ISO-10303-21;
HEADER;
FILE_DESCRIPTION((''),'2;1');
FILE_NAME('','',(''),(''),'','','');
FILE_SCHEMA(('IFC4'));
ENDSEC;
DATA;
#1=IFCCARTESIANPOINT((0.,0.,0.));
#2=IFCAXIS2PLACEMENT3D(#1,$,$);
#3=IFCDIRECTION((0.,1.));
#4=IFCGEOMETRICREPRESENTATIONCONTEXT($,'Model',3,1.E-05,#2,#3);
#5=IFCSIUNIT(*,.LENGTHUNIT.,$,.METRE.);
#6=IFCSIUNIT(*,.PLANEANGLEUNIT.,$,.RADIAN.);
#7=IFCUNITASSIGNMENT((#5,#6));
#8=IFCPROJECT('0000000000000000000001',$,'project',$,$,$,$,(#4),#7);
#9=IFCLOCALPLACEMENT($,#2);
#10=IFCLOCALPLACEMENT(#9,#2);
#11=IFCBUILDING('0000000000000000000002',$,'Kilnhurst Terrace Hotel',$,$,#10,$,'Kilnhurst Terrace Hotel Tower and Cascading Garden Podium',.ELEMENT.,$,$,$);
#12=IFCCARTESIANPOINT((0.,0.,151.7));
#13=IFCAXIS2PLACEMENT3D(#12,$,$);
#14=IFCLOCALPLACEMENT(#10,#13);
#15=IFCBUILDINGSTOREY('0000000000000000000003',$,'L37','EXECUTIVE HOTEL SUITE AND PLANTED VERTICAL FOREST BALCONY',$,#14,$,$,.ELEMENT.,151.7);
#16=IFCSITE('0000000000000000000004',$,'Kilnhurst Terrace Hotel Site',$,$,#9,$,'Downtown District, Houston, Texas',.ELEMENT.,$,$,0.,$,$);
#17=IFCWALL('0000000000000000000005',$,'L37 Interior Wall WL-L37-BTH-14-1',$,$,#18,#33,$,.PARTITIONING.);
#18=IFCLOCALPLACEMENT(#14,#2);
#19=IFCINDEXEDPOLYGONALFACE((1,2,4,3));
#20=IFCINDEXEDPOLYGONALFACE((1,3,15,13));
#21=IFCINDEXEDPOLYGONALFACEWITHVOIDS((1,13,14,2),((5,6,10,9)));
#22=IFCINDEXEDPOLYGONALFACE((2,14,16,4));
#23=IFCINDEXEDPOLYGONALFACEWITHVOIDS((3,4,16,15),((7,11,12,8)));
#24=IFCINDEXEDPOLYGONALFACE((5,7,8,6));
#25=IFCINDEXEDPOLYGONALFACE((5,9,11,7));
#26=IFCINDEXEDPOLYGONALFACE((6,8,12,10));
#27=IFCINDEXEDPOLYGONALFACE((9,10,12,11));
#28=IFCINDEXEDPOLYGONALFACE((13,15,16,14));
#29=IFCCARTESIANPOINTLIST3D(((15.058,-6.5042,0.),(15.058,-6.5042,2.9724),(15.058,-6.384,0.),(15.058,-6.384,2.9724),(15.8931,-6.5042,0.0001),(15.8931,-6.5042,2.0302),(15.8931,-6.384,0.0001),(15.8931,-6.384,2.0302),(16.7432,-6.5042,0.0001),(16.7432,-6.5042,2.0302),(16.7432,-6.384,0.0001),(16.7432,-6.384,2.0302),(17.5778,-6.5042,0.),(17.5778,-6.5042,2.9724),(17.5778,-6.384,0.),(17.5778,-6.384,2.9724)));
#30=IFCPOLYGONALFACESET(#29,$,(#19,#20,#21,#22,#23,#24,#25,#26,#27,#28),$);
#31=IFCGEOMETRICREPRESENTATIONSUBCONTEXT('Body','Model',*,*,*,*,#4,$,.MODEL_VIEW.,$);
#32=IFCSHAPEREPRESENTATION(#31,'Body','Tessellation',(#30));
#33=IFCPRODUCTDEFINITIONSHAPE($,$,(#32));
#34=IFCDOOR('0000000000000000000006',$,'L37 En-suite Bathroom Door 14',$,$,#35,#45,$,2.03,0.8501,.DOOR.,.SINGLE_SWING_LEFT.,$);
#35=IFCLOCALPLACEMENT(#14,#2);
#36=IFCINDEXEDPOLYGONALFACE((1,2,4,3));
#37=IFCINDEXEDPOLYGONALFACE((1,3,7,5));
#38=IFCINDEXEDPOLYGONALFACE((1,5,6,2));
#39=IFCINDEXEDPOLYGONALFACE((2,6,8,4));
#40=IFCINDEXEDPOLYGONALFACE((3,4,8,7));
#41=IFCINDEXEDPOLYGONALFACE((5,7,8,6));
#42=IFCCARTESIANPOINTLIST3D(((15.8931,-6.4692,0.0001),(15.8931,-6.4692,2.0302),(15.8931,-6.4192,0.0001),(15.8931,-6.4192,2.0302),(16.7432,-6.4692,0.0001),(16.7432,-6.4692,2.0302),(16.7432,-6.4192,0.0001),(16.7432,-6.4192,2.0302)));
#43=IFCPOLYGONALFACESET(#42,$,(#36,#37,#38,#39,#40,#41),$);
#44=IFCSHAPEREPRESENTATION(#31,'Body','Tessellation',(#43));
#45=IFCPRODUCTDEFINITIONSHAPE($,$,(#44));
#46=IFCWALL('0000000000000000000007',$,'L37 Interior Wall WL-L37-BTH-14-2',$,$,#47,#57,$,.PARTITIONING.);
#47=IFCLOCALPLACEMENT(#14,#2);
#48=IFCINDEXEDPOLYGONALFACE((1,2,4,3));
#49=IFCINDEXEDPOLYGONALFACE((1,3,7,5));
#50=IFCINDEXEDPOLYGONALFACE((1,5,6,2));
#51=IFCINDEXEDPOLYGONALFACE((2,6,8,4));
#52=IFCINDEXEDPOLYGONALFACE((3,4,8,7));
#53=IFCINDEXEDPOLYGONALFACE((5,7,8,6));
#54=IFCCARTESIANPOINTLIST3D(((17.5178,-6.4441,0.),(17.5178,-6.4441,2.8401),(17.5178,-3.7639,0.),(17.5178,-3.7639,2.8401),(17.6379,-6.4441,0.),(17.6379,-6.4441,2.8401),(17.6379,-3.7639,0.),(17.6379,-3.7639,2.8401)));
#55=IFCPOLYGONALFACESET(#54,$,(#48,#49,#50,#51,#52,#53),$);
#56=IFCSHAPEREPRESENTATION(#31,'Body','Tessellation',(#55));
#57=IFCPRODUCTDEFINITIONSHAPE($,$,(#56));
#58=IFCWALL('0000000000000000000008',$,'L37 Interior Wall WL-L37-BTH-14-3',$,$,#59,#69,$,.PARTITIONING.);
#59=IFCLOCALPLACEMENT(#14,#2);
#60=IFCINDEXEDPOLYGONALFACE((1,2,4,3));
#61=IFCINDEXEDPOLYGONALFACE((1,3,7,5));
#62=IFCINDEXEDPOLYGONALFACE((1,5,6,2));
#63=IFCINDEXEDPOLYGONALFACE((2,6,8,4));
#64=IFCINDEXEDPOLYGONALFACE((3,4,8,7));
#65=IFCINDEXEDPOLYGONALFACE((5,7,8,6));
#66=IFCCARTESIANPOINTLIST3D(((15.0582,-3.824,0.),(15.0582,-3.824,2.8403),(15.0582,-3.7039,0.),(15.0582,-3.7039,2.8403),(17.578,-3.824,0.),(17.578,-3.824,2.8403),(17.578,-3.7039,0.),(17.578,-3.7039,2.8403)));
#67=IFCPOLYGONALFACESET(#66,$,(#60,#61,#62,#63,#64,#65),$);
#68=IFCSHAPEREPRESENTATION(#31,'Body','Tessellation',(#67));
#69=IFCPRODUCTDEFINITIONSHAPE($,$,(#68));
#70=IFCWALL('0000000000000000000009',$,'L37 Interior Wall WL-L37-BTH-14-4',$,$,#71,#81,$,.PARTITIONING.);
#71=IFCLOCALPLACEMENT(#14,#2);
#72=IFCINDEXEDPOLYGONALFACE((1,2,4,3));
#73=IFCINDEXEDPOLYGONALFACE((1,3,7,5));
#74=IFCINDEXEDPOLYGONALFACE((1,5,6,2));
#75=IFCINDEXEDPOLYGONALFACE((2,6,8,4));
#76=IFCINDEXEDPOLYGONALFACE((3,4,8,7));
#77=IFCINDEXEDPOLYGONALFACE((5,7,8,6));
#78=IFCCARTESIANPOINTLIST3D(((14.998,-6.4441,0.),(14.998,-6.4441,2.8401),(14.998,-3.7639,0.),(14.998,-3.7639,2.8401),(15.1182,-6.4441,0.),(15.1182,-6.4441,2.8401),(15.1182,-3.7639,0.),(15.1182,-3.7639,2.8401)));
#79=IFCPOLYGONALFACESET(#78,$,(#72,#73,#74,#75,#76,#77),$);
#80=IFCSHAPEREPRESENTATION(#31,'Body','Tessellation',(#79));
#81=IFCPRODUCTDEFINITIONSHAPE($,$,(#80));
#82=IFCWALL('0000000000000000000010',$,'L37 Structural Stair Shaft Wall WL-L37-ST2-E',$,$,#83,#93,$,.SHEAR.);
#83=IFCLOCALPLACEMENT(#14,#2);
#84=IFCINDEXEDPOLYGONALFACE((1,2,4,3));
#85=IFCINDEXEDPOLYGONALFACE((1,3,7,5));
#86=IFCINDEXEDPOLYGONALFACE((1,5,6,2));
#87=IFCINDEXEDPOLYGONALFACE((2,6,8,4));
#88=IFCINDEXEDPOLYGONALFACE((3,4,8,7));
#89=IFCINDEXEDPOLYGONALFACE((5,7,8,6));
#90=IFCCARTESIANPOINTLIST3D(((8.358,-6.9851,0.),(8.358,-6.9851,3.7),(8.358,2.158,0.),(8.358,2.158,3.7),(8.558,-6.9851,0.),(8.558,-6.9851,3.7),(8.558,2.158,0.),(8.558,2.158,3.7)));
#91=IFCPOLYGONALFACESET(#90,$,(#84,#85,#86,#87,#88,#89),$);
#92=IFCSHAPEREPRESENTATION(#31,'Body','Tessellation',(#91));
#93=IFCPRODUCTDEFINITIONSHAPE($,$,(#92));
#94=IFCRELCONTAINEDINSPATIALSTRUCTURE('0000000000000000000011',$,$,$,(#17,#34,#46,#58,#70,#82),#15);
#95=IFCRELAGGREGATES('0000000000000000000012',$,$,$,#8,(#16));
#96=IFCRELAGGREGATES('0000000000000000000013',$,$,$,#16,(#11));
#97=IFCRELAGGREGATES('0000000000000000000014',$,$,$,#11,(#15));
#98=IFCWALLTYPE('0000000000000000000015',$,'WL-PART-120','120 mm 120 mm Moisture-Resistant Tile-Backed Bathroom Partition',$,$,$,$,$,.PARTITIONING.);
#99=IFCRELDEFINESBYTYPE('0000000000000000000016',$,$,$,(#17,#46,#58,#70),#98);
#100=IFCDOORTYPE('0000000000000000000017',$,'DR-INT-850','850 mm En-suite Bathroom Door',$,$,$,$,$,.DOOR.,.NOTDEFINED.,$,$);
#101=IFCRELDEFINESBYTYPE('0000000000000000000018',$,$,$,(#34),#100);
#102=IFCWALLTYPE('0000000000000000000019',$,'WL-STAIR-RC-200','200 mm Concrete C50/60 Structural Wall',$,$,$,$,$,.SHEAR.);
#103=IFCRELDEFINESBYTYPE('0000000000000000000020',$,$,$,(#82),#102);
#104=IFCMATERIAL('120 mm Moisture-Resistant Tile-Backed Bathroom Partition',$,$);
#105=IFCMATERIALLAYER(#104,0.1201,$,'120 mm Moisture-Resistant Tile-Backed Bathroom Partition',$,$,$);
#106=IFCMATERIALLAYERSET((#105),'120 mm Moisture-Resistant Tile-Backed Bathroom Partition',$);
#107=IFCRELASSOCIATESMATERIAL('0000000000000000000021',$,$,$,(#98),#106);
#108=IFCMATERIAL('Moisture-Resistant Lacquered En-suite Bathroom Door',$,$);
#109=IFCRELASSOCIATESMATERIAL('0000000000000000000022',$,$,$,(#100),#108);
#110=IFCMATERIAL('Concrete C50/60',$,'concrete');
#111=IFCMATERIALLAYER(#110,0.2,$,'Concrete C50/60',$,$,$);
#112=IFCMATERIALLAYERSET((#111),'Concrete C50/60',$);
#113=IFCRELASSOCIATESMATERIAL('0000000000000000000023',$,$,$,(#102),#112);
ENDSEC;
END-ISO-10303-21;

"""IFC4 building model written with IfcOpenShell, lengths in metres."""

from ifc_helpers import new_model, si_unit, direction, frame, frame_2d, origin, place, context, subcontext, project, spatial, rectangle, extrude, material, layer, layer_set, type_object, element, fill, save


model = new_model("IFC4")

# Units and contexts
model_context = context("Model", 3, precision=1e-05, world=origin(), true_north=direction((0.0, 1.0)))
body_context = subcontext(model_context, "Body", "Model", "MODEL_VIEW")
ifc_project = project(units=[si_unit("LENGTHUNIT", "METRE"), si_unit("PLANEANGLEUNIT", "RADIAN")], contexts=[model_context])

# Site, building, storey
site_placement = place(None, origin())
site = spatial("IfcSite", under=ifc_project, at=site_placement, Name="Kilnhurst Terrace Hotel Site", LongName="Downtown District, Houston, Texas", CompositionType="ELEMENT", RefElevation=0.0)
building_placement = place(site_placement, origin())
building = spatial("IfcBuilding", under=site, at=building_placement, Name="Kilnhurst Terrace Hotel", LongName="Kilnhurst Terrace Hotel Tower and Cascading Garden Podium", CompositionType="ELEMENT")
storey_placement = place(building_placement, frame((0.0, 0.0, 151.7)))
storey = spatial("IfcBuildingStorey", under=building, at=storey_placement, Name="L37", Description="EXECUTIVE HOTEL SUITE AND PLANTED VERTICAL FOREST BALCONY", CompositionType="ELEMENT", Elevation=151.7)

# Shared definitions
ifc_material_1 = material(Name="Concrete C50/60", Category="concrete")

# Wall, opening, door
ifc_material_2 = material(Name="120 mm Moisture-Resistant Tile-Backed Bathroom Partition")
ifc_layer_1 = layer(ifc_material_2, 0.1201, Name="120 mm Moisture-Resistant Tile-Backed Bathroom Partition")
ifc_layer_set_1 = layer_set([ifc_layer_1], Name="120 mm Moisture-Resistant Tile-Backed Bathroom Partition")
wall_type_1 = type_object("IfcWallType", Name="WL-PART-120", Description="120 mm 120 mm Moisture-Resistant Tile-Backed Bathroom Partition", PredefinedType="PARTITIONING", material=ifc_layer_set_1)
wall_1_placement = place(storey_placement, frame((15.0581, -6.4441, 0.0), z_axis=(0.0, 0.0, 1.0), x_axis=(1.0, 0.0, 0.0)))
wall_1 = element("IfcWall", 1, at=wall_1_placement, inside=storey, type_object=wall_type_1, Name="L37 Interior Wall WL-L37-BTH-14-1", PredefinedType="PARTITIONING", context=body_context, shape_type="SweptSolid", body=[
    extrude(rectangle(XDim=2.5198, YDim=0.1201, at=frame_2d((1.2598, 0.0))), origin(), (0.0, 0.0, 1.0), 2.9724),
])
opening_1_placement = place(wall_1_placement, frame((0.835, 0.0, 0.0)))
opening_1 = element("IfcOpeningElement", 2, at=opening_1_placement, cuts=wall_1, PredefinedType="OPENING", context=body_context, shape_type="SweptSolid", body=[
    extrude(rectangle(XDim=0.8501, YDim=2.03, at=frame_2d((0.425, 1.0151))), frame((0.0, 0.0701, 0.0), z_axis=(0.0, -1.0, 0.0), x_axis=(1.0, 0.0, 0.0)), (0.0, 0.0, 1.0), 0.1401),
])
ifc_material_3 = material(Name="Moisture-Resistant Lacquered En-suite Bathroom Door")
door_type_1 = type_object("IfcDoorType", Name="DR-INT-850", Description="850 mm En-suite Bathroom Door", OperationType="NOTDEFINED", PredefinedType="DOOR", material=ifc_material_3)
door_1_placement = place(opening_1_placement, origin())
door_1 = element("IfcDoor", 3, at=door_1_placement, inside=storey, type_object=door_type_1, Name="L37 En-suite Bathroom Door 14", OperationType="SINGLE_SWING_LEFT", OverallHeight=2.03, OverallWidth=0.8501, PredefinedType="DOOR", context=body_context, shape_type="SweptSolid", body=[
    extrude(rectangle(XDim=0.8501, YDim=2.03, at=frame_2d((0.425, 1.0151))), frame((0.0, 0.0249, 0.0), z_axis=(0.0, -1.0, 0.0), x_axis=(1.0, 0.0, 0.0)), (0.0, 0.0, 1.0), 0.05),
])
fill(opening_1, door_1)

# Walls
wall_2_placement = place(storey_placement, frame((17.5779, -6.4441, 0.0), z_axis=(0.0, 0.0, 1.0), x_axis=(0.0, 1.0, 0.0)))
element("IfcWall", 4, at=wall_2_placement, inside=storey, type_object=wall_type_1, Name="L37 Interior Wall WL-L37-BTH-14-2", PredefinedType="PARTITIONING", context=body_context, shape_type="SweptSolid", body=[
    extrude(rectangle(XDim=2.6802, YDim=0.1201, at=frame_2d((1.3401, 0.0))), origin(), (0.0, 0.0, 1.0), 2.8401),
])
wall_3_placement = place(storey_placement, frame((17.5779, -3.7639, 0.0), z_axis=(0.0, 0.0, 1.0), x_axis=(-1.0, 0.0, 0.0)))
element("IfcWall", 5, at=wall_3_placement, inside=storey, type_object=wall_type_1, Name="L37 Interior Wall WL-L37-BTH-14-3", PredefinedType="PARTITIONING", context=body_context, shape_type="SweptSolid", body=[
    extrude(rectangle(XDim=2.5198, YDim=0.1201, at=frame_2d((1.2598, 0.0))), origin(), (0.0, 0.0, 1.0), 2.8403),
])
wall_4_placement = place(storey_placement, frame((15.0581, -3.7639, 0.0), z_axis=(0.0, 0.0, 1.0), x_axis=(0.0, -1.0, 0.0)))
element("IfcWall", 6, at=wall_4_placement, inside=storey, type_object=wall_type_1, Name="L37 Interior Wall WL-L37-BTH-14-4", PredefinedType="PARTITIONING", context=body_context, shape_type="SweptSolid", body=[
    extrude(rectangle(XDim=2.6802, YDim=0.1201, at=frame_2d((1.3401, 0.0))), origin(), (0.0, 0.0, 1.0), 2.8401),
])
ifc_layer_2 = layer(ifc_material_1, 0.2, Name="Concrete C50/60")
ifc_layer_set_2 = layer_set([ifc_layer_2], Name="Concrete C50/60")
wall_type_2 = type_object("IfcWallType", Name="WL-STAIR-RC-200", Description="200 mm Concrete C50/60 Structural Wall", PredefinedType="SHEAR", material=ifc_layer_set_2)
wall_5_placement = place(storey_placement, frame((8.458, -6.9851, 0.0), z_axis=(0.0, 0.0, 1.0), x_axis=(0.0, 1.0, 0.0)))
element("IfcWall", 7, at=wall_5_placement, inside=storey, type_object=wall_type_2, Name="L37 Structural Stair Shaft Wall WL-L37-ST2-E", PredefinedType="SHEAR", context=body_context, shape_type="SweptSolid", body=[
    extrude(rectangle(XDim=9.1431, YDim=0.2, at=frame_2d((4.5715, 0.0))), origin(), (0.0, 0.0, 1.0), 3.7),
])

save(model, "model.ifc")
